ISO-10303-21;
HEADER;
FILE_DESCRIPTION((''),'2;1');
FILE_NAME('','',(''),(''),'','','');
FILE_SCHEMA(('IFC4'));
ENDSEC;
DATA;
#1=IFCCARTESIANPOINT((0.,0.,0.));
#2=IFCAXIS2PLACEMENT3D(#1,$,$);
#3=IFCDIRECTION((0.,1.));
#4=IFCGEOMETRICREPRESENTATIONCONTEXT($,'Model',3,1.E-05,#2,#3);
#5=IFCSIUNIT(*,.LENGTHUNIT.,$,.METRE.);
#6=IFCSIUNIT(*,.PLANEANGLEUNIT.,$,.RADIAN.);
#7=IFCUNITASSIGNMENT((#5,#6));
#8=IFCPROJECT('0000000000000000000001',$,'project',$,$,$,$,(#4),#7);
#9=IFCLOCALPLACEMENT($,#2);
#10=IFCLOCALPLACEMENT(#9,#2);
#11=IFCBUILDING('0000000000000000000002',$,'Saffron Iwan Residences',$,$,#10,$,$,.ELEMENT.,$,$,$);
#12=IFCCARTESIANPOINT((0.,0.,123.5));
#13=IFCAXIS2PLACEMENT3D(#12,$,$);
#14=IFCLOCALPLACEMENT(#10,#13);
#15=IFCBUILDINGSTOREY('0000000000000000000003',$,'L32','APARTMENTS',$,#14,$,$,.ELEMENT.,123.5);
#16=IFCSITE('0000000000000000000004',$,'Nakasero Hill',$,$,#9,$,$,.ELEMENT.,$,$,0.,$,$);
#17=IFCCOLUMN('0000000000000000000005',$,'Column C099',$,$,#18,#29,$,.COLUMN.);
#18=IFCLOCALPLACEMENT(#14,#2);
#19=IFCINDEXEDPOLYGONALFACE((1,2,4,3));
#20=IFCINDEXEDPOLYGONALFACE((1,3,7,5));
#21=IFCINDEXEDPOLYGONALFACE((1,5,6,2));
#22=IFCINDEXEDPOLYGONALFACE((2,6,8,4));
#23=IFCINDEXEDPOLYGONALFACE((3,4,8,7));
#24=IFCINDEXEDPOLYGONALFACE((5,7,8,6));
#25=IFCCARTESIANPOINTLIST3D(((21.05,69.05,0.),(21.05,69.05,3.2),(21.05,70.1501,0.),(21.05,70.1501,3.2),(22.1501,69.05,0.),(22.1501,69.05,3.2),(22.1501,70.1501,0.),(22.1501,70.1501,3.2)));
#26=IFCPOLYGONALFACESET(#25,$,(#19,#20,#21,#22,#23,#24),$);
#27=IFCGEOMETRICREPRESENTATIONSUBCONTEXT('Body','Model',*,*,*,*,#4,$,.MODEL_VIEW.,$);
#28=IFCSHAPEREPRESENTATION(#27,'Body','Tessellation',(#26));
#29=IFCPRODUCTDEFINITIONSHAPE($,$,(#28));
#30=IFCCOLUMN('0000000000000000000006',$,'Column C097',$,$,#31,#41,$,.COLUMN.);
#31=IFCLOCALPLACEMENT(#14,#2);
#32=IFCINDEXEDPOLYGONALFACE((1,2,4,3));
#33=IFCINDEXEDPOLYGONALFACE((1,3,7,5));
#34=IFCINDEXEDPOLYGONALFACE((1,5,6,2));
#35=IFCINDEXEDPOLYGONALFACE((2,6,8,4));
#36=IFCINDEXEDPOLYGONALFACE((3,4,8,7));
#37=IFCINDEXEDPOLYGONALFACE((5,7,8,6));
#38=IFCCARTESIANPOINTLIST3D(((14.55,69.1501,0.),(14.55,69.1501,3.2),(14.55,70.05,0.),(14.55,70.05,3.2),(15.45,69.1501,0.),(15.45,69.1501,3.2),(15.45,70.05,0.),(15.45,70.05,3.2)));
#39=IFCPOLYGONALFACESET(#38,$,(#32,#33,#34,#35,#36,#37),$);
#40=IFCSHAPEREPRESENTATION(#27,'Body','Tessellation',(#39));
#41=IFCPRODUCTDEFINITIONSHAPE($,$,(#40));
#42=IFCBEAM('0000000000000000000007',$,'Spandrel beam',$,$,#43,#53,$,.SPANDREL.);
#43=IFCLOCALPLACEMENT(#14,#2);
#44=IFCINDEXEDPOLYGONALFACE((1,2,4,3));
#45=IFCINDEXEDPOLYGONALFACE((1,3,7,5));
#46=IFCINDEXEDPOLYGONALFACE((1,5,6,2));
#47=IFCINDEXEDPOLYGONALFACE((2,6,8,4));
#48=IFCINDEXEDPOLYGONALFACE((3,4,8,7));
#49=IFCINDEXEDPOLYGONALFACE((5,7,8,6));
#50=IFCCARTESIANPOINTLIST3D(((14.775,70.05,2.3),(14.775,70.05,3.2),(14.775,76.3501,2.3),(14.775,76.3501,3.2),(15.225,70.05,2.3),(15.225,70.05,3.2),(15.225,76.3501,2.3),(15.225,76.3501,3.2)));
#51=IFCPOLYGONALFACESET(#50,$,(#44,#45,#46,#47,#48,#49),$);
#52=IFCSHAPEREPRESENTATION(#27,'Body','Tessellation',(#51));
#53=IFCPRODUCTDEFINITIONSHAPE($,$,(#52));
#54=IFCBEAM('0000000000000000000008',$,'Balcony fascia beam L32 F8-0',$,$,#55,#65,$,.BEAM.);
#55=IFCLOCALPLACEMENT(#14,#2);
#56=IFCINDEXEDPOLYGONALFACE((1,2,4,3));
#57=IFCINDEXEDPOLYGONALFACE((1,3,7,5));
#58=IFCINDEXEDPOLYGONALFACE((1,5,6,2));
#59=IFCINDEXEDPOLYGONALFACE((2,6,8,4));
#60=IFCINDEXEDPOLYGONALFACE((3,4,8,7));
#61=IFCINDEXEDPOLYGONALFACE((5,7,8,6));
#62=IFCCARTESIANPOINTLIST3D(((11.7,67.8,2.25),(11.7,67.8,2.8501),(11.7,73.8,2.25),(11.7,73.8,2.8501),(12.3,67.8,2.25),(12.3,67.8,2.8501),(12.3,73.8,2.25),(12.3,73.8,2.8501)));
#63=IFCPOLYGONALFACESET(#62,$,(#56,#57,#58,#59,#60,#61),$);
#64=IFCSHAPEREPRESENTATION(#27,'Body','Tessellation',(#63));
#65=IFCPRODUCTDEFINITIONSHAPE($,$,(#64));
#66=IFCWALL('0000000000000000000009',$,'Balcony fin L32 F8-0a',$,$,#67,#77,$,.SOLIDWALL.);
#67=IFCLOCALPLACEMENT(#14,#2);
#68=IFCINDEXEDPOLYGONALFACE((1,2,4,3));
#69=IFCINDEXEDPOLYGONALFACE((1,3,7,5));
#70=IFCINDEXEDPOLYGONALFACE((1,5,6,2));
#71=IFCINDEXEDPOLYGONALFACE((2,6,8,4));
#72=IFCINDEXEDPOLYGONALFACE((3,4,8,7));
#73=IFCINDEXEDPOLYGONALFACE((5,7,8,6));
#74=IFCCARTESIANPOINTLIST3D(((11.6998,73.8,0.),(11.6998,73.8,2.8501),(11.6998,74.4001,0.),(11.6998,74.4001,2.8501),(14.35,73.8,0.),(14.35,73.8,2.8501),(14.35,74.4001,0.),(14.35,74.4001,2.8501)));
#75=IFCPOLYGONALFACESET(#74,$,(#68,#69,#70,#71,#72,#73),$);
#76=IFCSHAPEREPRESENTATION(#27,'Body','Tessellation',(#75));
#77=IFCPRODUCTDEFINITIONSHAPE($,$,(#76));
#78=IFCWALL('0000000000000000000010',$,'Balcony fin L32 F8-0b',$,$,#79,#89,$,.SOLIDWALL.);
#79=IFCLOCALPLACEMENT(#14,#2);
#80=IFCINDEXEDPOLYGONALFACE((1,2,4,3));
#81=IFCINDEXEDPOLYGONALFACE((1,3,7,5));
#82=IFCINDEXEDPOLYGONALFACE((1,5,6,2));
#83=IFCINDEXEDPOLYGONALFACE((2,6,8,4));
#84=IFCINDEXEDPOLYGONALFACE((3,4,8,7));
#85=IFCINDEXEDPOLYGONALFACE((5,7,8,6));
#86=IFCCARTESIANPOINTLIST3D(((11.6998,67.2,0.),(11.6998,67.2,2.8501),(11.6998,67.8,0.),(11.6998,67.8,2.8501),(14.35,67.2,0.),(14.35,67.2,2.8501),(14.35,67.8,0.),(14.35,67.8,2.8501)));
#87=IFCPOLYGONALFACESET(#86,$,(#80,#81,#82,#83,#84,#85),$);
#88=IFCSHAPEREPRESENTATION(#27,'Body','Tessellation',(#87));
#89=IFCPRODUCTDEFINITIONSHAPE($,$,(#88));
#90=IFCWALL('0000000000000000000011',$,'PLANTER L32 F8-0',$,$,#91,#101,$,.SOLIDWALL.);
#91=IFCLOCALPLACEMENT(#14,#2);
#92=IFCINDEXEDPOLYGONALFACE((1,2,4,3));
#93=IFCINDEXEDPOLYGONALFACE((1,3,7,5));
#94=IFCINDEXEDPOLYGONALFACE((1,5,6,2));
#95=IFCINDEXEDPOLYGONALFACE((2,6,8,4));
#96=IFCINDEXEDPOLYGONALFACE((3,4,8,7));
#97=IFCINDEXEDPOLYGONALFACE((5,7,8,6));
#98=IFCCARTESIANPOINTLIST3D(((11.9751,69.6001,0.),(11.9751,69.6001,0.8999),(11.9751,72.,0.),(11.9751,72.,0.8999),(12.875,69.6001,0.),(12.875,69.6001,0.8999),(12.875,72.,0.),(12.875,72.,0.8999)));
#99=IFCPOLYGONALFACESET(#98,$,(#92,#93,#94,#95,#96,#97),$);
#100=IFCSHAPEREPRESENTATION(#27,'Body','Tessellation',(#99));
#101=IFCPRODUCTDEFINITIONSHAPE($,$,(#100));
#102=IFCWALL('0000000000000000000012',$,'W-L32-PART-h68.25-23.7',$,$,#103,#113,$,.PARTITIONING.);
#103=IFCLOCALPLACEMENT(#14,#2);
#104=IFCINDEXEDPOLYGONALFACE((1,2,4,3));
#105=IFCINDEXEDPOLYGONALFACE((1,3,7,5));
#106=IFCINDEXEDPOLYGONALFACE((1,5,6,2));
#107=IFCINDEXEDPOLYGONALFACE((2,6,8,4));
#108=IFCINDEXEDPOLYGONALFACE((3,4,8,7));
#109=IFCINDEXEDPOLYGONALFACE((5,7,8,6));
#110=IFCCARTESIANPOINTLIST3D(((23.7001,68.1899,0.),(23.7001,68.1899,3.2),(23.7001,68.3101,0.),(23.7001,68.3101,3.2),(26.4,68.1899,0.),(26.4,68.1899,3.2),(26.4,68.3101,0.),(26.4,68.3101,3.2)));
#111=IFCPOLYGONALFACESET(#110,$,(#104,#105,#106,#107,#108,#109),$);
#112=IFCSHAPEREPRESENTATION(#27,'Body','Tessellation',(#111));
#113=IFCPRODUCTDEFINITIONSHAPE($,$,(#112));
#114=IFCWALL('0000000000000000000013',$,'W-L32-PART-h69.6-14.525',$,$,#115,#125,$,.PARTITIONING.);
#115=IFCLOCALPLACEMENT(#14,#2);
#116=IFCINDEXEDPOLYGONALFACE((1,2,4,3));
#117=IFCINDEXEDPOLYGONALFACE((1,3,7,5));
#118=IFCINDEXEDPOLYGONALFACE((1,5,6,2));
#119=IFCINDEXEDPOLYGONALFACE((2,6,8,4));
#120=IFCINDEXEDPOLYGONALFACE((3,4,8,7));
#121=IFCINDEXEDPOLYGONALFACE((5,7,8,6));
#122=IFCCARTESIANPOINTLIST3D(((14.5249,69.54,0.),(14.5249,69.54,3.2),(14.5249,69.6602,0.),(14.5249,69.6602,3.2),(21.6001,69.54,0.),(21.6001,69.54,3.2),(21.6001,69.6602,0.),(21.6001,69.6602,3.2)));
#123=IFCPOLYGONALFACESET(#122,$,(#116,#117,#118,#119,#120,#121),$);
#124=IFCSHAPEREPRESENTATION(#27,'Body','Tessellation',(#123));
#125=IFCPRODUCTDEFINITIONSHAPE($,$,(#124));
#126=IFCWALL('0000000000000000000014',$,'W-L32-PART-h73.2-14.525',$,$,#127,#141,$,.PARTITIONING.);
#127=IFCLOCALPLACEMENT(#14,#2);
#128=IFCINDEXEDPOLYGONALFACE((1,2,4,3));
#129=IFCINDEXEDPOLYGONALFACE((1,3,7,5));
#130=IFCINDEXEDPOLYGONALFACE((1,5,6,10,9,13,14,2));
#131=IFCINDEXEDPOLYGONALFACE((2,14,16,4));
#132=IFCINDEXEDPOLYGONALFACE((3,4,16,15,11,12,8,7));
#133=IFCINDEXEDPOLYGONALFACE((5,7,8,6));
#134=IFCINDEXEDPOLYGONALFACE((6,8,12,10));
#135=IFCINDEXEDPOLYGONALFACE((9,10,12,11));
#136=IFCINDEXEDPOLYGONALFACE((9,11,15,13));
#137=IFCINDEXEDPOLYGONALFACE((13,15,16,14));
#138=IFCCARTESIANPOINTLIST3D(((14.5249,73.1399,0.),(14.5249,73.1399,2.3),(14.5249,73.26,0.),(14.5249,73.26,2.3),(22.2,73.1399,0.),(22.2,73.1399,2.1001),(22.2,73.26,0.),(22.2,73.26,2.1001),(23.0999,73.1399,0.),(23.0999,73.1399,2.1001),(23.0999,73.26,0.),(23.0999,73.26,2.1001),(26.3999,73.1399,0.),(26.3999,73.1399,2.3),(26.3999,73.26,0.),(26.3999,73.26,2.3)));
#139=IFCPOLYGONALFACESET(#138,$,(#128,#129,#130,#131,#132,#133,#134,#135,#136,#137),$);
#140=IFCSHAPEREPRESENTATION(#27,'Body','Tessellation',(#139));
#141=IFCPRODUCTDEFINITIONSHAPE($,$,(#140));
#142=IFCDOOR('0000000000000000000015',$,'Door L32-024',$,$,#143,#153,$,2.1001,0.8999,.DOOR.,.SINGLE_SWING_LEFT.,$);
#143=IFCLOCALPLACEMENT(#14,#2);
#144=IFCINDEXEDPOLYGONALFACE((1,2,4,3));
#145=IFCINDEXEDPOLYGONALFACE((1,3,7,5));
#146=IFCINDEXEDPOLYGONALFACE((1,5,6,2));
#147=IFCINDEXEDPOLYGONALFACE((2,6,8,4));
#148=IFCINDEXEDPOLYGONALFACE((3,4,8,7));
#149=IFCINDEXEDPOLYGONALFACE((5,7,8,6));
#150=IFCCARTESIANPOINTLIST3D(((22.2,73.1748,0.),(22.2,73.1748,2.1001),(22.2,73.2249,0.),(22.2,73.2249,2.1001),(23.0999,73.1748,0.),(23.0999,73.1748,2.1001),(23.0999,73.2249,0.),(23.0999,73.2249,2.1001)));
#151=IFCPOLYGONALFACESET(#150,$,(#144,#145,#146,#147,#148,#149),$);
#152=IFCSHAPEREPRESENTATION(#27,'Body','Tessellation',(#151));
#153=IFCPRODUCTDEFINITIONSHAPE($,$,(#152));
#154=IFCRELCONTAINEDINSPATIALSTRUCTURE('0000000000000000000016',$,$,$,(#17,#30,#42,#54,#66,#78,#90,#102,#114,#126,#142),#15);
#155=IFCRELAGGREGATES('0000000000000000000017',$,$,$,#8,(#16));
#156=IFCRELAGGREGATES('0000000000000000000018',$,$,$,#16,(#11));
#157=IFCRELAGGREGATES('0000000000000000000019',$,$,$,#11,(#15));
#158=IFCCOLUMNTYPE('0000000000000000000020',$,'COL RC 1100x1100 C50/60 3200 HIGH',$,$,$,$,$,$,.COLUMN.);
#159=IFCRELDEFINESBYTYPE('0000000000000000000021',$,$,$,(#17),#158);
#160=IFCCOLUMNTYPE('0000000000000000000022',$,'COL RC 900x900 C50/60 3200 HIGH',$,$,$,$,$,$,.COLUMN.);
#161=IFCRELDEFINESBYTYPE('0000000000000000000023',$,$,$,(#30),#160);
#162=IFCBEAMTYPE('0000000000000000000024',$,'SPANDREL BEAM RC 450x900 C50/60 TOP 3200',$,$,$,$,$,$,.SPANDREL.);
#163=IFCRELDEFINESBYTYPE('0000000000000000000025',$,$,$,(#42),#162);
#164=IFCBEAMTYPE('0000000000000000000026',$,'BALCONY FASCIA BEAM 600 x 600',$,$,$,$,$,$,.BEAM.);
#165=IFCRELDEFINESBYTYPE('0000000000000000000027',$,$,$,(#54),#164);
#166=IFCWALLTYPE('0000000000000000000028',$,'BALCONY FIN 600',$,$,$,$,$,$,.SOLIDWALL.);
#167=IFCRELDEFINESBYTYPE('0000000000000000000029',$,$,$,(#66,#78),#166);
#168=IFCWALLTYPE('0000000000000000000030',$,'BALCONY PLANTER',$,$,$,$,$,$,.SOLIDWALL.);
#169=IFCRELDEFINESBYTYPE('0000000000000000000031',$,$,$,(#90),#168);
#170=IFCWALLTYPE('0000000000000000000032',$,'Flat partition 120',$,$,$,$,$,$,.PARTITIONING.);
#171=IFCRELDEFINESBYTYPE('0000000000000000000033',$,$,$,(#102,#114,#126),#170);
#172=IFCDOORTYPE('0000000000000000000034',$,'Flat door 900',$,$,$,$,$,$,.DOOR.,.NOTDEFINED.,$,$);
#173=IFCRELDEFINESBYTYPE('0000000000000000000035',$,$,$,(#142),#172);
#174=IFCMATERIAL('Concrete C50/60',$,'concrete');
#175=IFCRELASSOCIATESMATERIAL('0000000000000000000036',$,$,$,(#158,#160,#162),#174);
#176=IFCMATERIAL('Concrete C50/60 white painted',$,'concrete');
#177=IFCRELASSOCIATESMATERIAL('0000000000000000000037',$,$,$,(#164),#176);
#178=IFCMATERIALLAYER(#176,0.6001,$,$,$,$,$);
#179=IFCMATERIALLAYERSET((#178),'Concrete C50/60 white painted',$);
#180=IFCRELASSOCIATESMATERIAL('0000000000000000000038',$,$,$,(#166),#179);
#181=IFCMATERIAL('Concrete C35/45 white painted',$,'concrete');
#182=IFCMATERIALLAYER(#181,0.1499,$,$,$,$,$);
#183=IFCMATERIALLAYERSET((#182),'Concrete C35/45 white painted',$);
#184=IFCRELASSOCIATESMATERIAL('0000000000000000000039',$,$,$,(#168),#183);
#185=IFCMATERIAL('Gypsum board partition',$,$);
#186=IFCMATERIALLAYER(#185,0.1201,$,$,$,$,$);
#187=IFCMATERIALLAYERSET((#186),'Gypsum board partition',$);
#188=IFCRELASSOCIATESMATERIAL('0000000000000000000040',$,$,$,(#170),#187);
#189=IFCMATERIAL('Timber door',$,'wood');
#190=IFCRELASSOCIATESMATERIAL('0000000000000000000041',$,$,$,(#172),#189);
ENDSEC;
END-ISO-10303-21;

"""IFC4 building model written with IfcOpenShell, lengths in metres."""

from ifc_helpers import new_model, si_unit, direction, frame, frame_2d, origin, origin_2d, place, context, subcontext, project, spatial, rectangle, extrude, source, transform, mapped, material, layer, layer_set, material_profile, profile_set, type_object, element, fill, save


model = new_model("IFC4")

# Units and contexts
model_context = context("Model", 3, precision=1e-05, world=origin(), true_north=direction((0.0, 1.0)))
body_context = subcontext(model_context, "Body", "Model", "MODEL_VIEW")
ifc_project = project(units=[si_unit("LENGTHUNIT", "METRE"), si_unit("PLANEANGLEUNIT", "RADIAN")], contexts=[model_context])

# Site, building, storey
site_placement = place(None, origin())
site = spatial("IfcSite", under=ifc_project, at=site_placement, Name="Nakasero Hill", CompositionType="ELEMENT", RefElevation=0.0)
building_placement = place(site_placement, origin())
building = spatial("IfcBuilding", under=site, at=building_placement, Name="Saffron Iwan Residences", CompositionType="ELEMENT")
storey_placement = place(building_placement, frame((0.0, 0.0, 123.5)))
storey = spatial("IfcBuildingStorey", under=building, at=storey_placement, Name="L32", Description="APARTMENTS", CompositionType="ELEMENT", Elevation=123.5)

# Columns
ifc_material_1 = material(Name="Concrete C50/60", Category="concrete")
ifc_material_profile_1 = material_profile(ifc_material_1, rectangle(XDim=1.1001, YDim=1.1001, at=origin_2d()), Name="RC 1100x1100")
ifc_profile_set_1 = profile_set([ifc_material_profile_1], Name="Concrete C50/60")
column_type_1 = type_object("IfcColumnType", Name="COL RC 1100x1100 C50/60 3200 HIGH", PredefinedType="COLUMN", material=ifc_profile_set_1)
shared_shape_1 = source(origin(), body_context, "Body", "SweptSolid", [
    extrude(rectangle(XDim=1.1001, YDim=1.1001, at=origin_2d()), origin(), (0.0, 0.0, 1.0), 3.2),
])
column_1_placement = place(storey_placement, frame((21.6001, 69.6001, 0.0), z_axis=(0.0, 0.0, 1.0), x_axis=(1.0, 0.0, 0.0)))
element("IfcColumn", 1, at=column_1_placement, inside=storey, type_object=column_type_1, Name="Column C099", PredefinedType="COLUMN", context=body_context, shape_type="MappedRepresentation", body=[
    mapped(shared_shape_1, transform((0.0, 0.0, 0.0))),
])
ifc_material_profile_2 = material_profile(ifc_material_1, rectangle(XDim=0.8999, YDim=0.8999, at=origin_2d()), Name="RC 900x900")
ifc_profile_set_2 = profile_set([ifc_material_profile_2], Name="Concrete C50/60")
column_type_2 = type_object("IfcColumnType", Name="COL RC 900x900 C50/60 3200 HIGH", PredefinedType="COLUMN", material=ifc_profile_set_2)
shared_shape_2 = source(origin(), body_context, "Body", "SweptSolid", [
    extrude(rectangle(XDim=0.8999, YDim=0.8999, at=origin_2d()), origin(), (0.0, 0.0, 1.0), 3.2),
])
column_2_placement = place(storey_placement, frame((15.0, 69.6001, 0.0), z_axis=(0.0, 0.0, 1.0), x_axis=(1.0, 0.0, 0.0)))
element("IfcColumn", 2, at=column_2_placement, inside=storey, type_object=column_type_2, Name="Column C097", PredefinedType="COLUMN", context=body_context, shape_type="MappedRepresentation", body=[
    mapped(shared_shape_2, transform((0.0, 0.0, 0.0))),
])

# Beams
ifc_material_profile_3 = material_profile(ifc_material_1, rectangle(XDim=0.45, YDim=0.8999, at=origin_2d()), Name="RC 450x900")
ifc_profile_set_3 = profile_set([ifc_material_profile_3], Name="Concrete C50/60")
beam_type_1 = type_object("IfcBeamType", Name="SPANDREL BEAM RC 450x900 C50/60 TOP 3200", PredefinedType="SPANDREL", material=ifc_profile_set_3)
shared_shape_3 = source(origin(), body_context, "Body", "SweptSolid", [
    extrude(rectangle(XDim=0.45, YDim=0.8999, at=origin_2d()), origin(), (0.0, 0.0, 1.0), 6.3),
])
beam_1_placement = place(storey_placement, frame((15.0, 70.05, 2.75), z_axis=(0.0, 1.0, 0.0), x_axis=(-1.0, 0.0, 0.0)))
element("IfcBeam", 3, at=beam_1_placement, inside=storey, type_object=beam_type_1, Name="Spandrel beam", PredefinedType="SPANDREL", context=body_context, shape_type="MappedRepresentation", body=[
    mapped(shared_shape_3, transform((0.0, 0.0, 0.0))),
])
ifc_material_2 = material(Name="Concrete C50/60 white painted", Category="concrete")
ifc_material_profile_4 = material_profile(ifc_material_2, rectangle(XDim=0.6001, YDim=0.6001, at=origin_2d()), Name="BALCONY FASCIA BEAM 600 x 600")
ifc_profile_set_4 = profile_set([ifc_material_profile_4], Name="Concrete C50/60 white painted")
beam_type_2 = type_object("IfcBeamType", Name="BALCONY FASCIA BEAM 600 x 600", PredefinedType="BEAM", material=ifc_profile_set_4)
shared_shape_4 = source(origin(), body_context, "Body", "SweptSolid", [
    extrude(rectangle(XDim=0.6001, YDim=0.6001, at=origin_2d()), origin(), (0.0, 0.0, 1.0), 6.0),
])
beam_2_placement = place(storey_placement, frame((12.0, 73.8, 2.55), z_axis=(0.0, -1.0, 0.0), x_axis=(1.0, 0.0, 0.0)))
element("IfcBeam", 4, at=beam_2_placement, inside=storey, type_object=beam_type_2, Name="Balcony fascia beam L32 F8-0", PredefinedType="BEAM", context=body_context, shape_type="MappedRepresentation", body=[
    mapped(shared_shape_4, transform((0.0, 0.0, 0.0))),
])

# Walls
ifc_layer_1 = layer(ifc_material_2, 0.6001)
ifc_layer_set_1 = layer_set([ifc_layer_1], Name="Concrete C50/60 white painted")
wall_type_1 = type_object("IfcWallType", Name="BALCONY FIN 600", PredefinedType="SOLIDWALL", material=ifc_layer_set_1)
for number, where, z_axis, x_axis, name in (
    (5, (14.3501, 74.1001, 0.0), (0.0, 0.0, 1.0), (-1.0, 0.0, 0.0), "Balcony fin L32 F8-0a"),
    (6, (14.3501, 67.5, 0.0), (0.0, 0.0, 1.0), (-1.0, 0.0, 0.0), "Balcony fin L32 F8-0b"),
):
    element("IfcWall", number, at=place(storey_placement, frame(where, z_axis=z_axis, x_axis=x_axis)), inside=storey, type_object=wall_type_1, Name=name, PredefinedType="SOLIDWALL", context=body_context, shape_type="SweptSolid", body=[
        extrude(rectangle(XDim=2.6501, YDim=0.6001, at=frame_2d((1.3252, 0.0))), origin(), (0.0, 0.0, 1.0), 2.8501),
    ])
ifc_material_3 = material(Name="Concrete C35/45 white painted", Category="concrete")
ifc_layer_2 = layer(ifc_material_3, 0.1499)
ifc_layer_set_2 = layer_set([ifc_layer_2], Name="Concrete C35/45 white painted")
wall_type_2 = type_object("IfcWallType", Name="BALCONY PLANTER", PredefinedType="SOLIDWALL", material=ifc_layer_set_2)
wall_1_placement = place(storey_placement, frame((12.425, 72.0, 0.0), z_axis=(0.0, 0.0, 1.0), x_axis=(0.0, -1.0, 0.0)))
element("IfcWall", 7, at=wall_1_placement, inside=storey, type_object=wall_type_2, Name="PLANTER L32 F8-0", PredefinedType="SOLIDWALL", context=body_context, shape_type="SweptSolid", body=[
    extrude(rectangle(XDim=2.3999, YDim=0.8999, at=frame_2d((1.2, 0.0))), origin(), (0.0, 0.0, 1.0), 0.8999),
])
ifc_material_4 = material(Name="Gypsum board partition")
ifc_layer_3 = layer(ifc_material_4, 0.1201)
ifc_layer_set_3 = layer_set([ifc_layer_3], Name="Gypsum board partition")
wall_type_3 = type_object("IfcWallType", Name="Flat partition 120", PredefinedType="PARTITIONING", material=ifc_layer_set_3)
wall_2_placement = place(storey_placement, frame((23.7, 68.25, 0.0), z_axis=(0.0, 0.0, 1.0), x_axis=(1.0, 0.0, 0.0)))
element("IfcWall", 8, at=wall_2_placement, inside=storey, type_object=wall_type_3, Name="W-L32-PART-h68.25-23.7", PredefinedType="PARTITIONING", context=body_context, shape_type="SweptSolid", body=[
    extrude(rectangle(XDim=2.7, YDim=0.1201, at=frame_2d((1.3501, 0.0))), origin(), (0.0, 0.0, 1.0), 3.2),
])
wall_3_placement = place(storey_placement, frame((14.5249, 69.6001, 0.0), z_axis=(0.0, 0.0, 1.0), x_axis=(1.0, 0.0, 0.0)))
element("IfcWall", 9, at=wall_3_placement, inside=storey, type_object=wall_type_3, Name="W-L32-PART-h69.6-14.525", PredefinedType="PARTITIONING", context=body_context, shape_type="SweptSolid", body=[
    extrude(rectangle(XDim=7.0752, YDim=0.1201, at=frame_2d((3.5376, 0.0))), origin(), (0.0, 0.0, 1.0), 3.2),
])

# Wall, opening, door
wall_4_placement = place(storey_placement, frame((14.5249, 73.2, 0.0), z_axis=(0.0, 0.0, 1.0), x_axis=(1.0, 0.0, 0.0)))
wall_4 = element("IfcWall", 10, at=wall_4_placement, inside=storey, type_object=wall_type_3, Name="W-L32-PART-h73.2-14.525", PredefinedType="PARTITIONING", context=body_context, shape_type="SweptSolid", body=[
    extrude(rectangle(XDim=11.875, YDim=0.1201, at=frame_2d((5.9375, 0.0))), origin(), (0.0, 0.0, 1.0), 2.3),
])
opening_placement = place(wall_4_placement, frame((7.675, 0.0, 0.0)))
opening = element("IfcOpeningElement", 11, at=opening_placement, cuts=wall_4, PredefinedType="OPENING", context=body_context, shape_type="SweptSolid", body=[
    extrude(rectangle(XDim=0.8999, YDim=2.1001, at=frame_2d((0.45, 1.05))), frame((0.0, 0.0701, 0.0), z_axis=(0.0, -1.0, 0.0), x_axis=(1.0, 0.0, 0.0)), (0.0, 0.0, 1.0), 0.1401),
])
ifc_material_5 = material(Name="Timber door", Category="wood")
door_type = type_object("IfcDoorType", Name="Flat door 900", OperationType="NOTDEFINED", PredefinedType="DOOR", material=ifc_material_5)
door_placement = place(opening_placement, origin())
door = element("IfcDoor", 12, at=door_placement, inside=storey, type_object=door_type, Name="Door L32-024", OperationType="SINGLE_SWING_LEFT", OverallHeight=2.1001, OverallWidth=0.8999, PredefinedType="DOOR", context=body_context, shape_type="SweptSolid", body=[
    extrude(rectangle(XDim=0.8999, YDim=2.1001, at=frame_2d((0.45, 1.05))), frame((0.0, 0.0249, 0.0), z_axis=(0.0, -1.0, 0.0), x_axis=(1.0, 0.0, 0.0)), (0.0, 0.0, 1.0), 0.05),
])
fill(opening, door)

save(model, "model.ifc")
